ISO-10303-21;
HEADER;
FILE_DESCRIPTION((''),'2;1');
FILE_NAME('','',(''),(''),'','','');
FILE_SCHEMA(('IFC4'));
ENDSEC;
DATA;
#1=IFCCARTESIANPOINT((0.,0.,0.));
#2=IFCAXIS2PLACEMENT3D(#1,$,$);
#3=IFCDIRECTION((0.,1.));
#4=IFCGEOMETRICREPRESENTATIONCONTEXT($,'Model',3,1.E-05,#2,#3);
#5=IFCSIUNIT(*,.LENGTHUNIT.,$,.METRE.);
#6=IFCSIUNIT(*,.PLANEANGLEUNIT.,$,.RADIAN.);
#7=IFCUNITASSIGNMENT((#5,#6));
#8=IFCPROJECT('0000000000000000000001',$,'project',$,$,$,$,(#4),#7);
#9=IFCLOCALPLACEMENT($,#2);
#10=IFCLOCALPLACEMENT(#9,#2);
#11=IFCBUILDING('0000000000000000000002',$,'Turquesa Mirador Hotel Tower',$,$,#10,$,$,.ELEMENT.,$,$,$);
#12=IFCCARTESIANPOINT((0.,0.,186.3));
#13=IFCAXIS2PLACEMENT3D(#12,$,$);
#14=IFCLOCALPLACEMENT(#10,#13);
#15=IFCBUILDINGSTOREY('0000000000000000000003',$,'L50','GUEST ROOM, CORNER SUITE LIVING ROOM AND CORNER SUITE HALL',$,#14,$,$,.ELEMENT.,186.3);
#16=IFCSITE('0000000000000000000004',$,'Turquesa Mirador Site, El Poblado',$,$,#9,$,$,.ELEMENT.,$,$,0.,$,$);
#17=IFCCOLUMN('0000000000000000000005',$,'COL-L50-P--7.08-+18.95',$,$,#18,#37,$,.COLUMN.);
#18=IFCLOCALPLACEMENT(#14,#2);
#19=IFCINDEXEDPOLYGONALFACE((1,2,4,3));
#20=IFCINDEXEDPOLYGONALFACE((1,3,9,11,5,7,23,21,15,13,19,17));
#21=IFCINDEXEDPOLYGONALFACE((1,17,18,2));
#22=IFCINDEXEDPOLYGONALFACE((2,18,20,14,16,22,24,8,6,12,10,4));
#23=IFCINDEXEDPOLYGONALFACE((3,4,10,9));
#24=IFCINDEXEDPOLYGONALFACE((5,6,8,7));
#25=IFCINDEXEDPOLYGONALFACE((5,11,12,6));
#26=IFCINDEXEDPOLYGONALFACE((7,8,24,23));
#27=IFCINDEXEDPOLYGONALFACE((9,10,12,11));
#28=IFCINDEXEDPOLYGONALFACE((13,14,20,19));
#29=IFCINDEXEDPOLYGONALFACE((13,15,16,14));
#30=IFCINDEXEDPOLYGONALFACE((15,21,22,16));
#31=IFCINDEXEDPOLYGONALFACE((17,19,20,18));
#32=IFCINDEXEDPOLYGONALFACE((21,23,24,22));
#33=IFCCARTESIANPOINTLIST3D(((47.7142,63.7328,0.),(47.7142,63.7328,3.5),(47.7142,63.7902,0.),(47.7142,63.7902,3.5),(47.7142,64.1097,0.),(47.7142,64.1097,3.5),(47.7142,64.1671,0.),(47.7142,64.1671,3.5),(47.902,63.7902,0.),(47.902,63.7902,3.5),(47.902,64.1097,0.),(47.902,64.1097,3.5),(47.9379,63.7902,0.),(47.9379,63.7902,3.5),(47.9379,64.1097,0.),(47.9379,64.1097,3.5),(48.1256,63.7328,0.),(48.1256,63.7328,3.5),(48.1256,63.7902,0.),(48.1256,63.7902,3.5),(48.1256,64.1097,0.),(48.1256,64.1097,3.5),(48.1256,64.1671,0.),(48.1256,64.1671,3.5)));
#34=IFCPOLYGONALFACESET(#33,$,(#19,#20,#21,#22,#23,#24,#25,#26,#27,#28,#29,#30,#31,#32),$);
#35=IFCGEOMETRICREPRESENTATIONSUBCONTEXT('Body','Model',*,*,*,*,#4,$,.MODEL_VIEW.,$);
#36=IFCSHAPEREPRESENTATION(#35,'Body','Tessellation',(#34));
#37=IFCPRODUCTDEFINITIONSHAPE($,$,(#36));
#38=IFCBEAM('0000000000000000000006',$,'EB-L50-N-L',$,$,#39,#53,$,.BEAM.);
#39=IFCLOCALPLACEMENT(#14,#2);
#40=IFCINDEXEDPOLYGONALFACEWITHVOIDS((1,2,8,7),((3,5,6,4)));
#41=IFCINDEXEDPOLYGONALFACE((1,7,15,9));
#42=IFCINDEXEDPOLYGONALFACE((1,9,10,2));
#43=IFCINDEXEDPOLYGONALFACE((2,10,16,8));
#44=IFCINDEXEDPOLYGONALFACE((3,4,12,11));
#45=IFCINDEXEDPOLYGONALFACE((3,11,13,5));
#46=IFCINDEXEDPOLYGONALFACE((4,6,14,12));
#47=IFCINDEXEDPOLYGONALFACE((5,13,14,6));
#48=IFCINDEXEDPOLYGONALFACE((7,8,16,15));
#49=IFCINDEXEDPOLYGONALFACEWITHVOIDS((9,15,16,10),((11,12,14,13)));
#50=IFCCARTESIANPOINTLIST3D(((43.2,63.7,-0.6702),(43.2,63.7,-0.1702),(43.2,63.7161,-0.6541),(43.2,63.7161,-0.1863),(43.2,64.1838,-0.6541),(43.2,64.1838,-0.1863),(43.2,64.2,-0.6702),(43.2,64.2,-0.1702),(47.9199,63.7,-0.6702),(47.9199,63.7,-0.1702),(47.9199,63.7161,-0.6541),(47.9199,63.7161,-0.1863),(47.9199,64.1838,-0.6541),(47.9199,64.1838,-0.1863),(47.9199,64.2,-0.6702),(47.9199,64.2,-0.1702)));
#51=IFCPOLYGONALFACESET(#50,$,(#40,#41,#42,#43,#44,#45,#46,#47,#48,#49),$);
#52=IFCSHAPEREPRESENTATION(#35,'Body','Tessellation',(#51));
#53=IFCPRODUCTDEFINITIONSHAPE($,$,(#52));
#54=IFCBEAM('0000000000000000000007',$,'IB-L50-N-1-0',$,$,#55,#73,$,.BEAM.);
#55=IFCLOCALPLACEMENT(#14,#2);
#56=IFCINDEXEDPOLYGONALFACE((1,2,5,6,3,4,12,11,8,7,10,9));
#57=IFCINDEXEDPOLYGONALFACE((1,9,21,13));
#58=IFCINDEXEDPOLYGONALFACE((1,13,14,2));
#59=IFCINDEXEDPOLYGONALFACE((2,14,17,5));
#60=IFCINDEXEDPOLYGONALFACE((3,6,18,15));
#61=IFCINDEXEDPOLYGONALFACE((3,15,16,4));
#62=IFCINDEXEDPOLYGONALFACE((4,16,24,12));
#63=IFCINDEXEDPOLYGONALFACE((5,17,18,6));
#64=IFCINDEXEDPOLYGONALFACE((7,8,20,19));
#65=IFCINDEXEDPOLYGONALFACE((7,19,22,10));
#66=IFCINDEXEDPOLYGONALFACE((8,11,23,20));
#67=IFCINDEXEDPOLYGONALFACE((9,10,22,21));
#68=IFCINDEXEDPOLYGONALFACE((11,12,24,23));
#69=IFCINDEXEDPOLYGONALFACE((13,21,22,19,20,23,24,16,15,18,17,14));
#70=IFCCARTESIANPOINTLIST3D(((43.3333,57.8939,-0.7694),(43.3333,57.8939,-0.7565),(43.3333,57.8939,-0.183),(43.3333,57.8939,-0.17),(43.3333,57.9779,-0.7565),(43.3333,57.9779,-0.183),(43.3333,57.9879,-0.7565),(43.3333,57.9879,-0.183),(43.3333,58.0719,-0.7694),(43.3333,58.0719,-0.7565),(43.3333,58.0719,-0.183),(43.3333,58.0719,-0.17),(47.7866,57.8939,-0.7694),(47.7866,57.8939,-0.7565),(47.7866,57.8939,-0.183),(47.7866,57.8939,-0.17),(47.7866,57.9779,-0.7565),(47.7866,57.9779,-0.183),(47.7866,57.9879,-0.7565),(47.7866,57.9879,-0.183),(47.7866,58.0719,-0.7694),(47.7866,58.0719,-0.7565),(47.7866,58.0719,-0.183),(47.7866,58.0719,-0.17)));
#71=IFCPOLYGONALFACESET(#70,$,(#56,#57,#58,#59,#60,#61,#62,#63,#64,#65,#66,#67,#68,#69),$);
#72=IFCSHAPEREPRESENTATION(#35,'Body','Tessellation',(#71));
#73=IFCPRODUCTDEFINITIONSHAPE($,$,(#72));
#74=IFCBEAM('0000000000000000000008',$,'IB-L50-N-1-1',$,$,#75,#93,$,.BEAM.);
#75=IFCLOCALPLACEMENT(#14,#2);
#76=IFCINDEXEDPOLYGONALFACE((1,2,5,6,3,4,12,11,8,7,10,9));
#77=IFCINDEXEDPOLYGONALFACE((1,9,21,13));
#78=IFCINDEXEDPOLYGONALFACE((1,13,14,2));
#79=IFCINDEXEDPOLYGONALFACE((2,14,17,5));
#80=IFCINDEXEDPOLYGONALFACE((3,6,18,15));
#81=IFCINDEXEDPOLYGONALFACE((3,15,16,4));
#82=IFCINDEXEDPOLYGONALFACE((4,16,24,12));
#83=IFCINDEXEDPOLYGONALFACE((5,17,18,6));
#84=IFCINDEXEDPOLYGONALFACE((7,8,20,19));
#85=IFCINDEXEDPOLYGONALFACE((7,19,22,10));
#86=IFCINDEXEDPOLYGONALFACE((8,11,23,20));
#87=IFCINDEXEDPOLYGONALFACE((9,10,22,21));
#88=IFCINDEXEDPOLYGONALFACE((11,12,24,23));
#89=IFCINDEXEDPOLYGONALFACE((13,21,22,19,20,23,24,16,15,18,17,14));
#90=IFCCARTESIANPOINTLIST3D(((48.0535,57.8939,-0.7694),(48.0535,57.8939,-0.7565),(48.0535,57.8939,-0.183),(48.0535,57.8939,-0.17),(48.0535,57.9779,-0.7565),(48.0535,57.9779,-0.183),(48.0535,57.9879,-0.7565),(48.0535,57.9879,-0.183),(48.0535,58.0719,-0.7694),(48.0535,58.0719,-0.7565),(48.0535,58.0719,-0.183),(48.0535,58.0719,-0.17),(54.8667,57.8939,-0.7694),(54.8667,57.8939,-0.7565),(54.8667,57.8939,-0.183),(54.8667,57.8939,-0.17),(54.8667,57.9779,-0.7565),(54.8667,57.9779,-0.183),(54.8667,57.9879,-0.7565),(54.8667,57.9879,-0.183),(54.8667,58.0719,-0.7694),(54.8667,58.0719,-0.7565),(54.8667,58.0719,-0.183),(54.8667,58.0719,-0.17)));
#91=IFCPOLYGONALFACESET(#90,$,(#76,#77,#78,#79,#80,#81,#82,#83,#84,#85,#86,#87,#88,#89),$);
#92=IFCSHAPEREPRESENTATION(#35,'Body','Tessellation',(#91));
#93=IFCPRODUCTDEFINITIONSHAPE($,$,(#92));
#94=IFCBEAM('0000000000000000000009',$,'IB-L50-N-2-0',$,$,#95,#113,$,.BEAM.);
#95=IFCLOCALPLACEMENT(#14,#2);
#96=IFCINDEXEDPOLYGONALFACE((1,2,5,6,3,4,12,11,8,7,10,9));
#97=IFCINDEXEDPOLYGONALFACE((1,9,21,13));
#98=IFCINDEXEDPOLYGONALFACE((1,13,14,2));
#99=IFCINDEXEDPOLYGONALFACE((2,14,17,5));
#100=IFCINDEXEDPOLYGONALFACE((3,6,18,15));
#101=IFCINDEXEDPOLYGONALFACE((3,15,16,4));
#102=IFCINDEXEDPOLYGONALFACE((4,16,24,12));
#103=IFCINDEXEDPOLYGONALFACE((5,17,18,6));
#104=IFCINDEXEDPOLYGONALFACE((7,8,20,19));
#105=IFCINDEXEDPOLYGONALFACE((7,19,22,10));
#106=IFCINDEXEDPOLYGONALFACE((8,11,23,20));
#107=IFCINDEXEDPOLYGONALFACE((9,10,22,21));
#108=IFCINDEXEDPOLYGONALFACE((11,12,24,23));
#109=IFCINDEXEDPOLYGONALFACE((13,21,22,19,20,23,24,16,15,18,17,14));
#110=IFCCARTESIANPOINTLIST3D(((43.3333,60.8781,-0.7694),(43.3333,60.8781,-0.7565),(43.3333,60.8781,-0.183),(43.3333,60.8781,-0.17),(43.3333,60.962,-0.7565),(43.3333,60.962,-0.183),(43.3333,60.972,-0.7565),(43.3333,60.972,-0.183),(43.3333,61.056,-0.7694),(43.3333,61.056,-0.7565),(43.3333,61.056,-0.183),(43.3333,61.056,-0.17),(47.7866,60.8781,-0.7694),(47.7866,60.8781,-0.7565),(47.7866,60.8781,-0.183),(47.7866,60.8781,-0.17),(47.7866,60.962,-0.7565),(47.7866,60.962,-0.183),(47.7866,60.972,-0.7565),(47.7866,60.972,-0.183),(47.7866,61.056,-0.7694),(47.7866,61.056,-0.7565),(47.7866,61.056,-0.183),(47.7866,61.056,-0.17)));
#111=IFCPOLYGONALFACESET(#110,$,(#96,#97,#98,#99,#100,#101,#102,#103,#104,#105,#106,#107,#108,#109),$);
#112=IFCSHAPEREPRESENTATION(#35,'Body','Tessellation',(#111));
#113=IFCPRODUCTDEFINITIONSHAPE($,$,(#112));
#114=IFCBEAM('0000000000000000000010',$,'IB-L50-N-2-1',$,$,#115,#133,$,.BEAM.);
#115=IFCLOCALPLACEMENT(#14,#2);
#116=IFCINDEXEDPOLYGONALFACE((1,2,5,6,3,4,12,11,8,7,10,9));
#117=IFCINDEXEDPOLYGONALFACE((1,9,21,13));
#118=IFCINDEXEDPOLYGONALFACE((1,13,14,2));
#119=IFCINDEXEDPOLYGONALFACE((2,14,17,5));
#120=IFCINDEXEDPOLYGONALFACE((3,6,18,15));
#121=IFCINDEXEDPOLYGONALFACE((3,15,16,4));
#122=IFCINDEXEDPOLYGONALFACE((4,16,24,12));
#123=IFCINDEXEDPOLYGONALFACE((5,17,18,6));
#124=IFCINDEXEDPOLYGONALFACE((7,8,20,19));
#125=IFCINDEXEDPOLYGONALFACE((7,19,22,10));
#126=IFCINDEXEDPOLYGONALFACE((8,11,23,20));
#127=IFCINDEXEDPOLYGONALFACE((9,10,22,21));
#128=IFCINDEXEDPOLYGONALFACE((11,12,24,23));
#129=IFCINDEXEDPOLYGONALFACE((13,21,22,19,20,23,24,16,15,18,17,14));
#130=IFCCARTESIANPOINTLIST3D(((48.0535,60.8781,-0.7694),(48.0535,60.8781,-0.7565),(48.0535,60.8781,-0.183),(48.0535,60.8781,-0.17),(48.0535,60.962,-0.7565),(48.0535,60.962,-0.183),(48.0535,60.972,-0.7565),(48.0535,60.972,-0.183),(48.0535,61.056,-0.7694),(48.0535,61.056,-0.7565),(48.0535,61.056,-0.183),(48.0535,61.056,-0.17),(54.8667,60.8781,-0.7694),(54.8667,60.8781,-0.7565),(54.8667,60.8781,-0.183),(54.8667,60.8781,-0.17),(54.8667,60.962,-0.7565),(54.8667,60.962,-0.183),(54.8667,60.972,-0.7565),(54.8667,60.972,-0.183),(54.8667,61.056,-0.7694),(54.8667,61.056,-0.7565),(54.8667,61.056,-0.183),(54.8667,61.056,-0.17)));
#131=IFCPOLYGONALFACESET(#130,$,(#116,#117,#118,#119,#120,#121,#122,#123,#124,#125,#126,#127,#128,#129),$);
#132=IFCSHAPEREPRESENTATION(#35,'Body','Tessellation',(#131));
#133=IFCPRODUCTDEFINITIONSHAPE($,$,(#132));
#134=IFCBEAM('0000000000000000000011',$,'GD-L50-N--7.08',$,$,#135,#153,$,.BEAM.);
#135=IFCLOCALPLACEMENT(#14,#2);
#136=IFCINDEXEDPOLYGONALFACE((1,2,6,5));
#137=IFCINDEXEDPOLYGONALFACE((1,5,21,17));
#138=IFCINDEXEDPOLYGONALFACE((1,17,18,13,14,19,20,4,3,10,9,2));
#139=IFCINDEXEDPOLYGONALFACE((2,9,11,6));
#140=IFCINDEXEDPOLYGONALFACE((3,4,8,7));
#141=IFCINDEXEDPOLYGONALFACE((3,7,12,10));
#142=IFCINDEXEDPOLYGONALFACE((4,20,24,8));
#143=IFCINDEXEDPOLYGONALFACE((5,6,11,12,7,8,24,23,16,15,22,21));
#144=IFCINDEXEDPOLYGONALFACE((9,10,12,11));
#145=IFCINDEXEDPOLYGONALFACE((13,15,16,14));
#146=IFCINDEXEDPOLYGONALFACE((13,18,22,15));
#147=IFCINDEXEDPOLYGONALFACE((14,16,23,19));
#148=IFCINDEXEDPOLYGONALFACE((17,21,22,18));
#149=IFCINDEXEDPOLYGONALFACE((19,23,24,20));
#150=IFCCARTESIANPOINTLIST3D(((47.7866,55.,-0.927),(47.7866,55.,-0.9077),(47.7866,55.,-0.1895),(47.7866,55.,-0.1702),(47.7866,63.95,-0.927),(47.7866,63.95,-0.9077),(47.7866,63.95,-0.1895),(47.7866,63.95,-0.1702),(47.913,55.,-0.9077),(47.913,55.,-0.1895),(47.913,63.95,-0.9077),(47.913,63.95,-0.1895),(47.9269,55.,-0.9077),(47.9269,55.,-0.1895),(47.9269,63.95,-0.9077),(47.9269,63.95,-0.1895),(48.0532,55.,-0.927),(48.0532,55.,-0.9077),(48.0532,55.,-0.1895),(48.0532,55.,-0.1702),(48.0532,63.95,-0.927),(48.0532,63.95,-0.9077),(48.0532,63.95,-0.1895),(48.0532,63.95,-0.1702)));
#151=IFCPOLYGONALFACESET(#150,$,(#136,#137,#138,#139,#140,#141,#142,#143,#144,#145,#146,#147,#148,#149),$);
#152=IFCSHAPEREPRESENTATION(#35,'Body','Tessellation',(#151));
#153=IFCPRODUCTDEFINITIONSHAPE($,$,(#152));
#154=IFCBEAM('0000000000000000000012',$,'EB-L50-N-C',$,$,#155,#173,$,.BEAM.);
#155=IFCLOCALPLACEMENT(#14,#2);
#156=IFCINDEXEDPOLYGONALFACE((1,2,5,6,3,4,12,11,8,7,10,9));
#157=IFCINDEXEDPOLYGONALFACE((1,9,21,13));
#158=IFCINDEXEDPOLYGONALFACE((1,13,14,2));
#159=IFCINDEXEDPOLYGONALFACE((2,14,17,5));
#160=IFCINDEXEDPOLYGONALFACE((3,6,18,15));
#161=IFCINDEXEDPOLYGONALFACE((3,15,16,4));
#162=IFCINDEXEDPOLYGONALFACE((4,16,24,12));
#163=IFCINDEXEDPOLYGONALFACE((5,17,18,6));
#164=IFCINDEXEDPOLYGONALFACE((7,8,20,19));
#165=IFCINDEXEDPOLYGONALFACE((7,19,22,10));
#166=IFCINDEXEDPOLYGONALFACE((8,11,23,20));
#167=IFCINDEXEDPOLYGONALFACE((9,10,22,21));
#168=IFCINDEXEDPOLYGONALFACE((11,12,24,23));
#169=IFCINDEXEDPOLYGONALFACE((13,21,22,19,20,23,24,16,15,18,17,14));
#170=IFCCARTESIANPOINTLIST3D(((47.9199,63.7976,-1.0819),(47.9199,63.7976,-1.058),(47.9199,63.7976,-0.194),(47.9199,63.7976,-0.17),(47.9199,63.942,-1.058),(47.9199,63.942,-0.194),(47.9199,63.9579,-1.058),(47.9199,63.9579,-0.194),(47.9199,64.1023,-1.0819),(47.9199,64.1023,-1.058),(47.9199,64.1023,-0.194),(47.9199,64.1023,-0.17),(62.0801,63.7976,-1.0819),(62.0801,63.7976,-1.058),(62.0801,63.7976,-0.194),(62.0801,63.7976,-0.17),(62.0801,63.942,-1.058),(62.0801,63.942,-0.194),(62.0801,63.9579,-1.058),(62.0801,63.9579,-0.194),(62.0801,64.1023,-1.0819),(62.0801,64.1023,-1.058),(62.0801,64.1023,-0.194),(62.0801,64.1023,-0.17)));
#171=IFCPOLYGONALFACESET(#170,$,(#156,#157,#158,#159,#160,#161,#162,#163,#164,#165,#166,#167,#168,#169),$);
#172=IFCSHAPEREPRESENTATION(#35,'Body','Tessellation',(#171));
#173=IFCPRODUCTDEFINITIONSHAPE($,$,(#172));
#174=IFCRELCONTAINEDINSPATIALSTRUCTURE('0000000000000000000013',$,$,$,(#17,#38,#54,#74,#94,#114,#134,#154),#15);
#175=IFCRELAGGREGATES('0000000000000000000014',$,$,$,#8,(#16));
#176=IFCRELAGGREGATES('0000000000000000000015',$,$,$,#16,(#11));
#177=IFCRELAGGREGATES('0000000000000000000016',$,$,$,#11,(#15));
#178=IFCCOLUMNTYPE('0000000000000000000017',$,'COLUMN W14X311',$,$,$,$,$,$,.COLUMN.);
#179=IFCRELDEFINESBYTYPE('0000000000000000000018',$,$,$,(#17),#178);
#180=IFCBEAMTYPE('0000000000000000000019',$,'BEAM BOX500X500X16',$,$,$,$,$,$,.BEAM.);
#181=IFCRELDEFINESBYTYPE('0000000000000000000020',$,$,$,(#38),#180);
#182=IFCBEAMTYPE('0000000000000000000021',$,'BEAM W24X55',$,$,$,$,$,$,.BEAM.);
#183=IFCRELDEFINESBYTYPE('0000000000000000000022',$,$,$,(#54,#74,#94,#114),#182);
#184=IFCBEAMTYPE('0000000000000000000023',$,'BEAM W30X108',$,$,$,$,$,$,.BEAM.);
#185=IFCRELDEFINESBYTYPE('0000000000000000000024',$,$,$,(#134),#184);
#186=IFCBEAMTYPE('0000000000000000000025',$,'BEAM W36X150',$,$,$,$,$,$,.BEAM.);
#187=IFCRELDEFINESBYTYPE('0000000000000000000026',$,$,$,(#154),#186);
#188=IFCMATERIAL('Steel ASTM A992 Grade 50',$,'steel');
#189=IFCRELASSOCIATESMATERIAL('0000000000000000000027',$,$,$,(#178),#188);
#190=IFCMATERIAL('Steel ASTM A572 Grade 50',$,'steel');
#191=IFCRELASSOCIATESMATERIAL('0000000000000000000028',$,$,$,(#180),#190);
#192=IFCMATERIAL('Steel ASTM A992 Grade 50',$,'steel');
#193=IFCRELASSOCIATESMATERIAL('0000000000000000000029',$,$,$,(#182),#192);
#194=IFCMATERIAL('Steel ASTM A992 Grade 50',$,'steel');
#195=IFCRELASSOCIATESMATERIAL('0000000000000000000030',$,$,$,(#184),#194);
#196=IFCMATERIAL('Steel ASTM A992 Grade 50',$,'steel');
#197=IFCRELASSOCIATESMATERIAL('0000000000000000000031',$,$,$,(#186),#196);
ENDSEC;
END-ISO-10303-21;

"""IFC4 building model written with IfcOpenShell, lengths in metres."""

from ifc_helpers import new_model, si_unit, direction, frame, origin, origin_2d, place, context, subcontext, project, spatial, hollow_rectangle, i_section, extrude, material, material_profile, profile_set, type_object, element, save


model = new_model("IFC4")

# Units and contexts
model_context = context("Model", 3, precision=1e-05, world=origin(), true_north=direction((0.0, 1.0)))
body_context = subcontext(model_context, "Body", "Model", "MODEL_VIEW")
ifc_project = project(units=[si_unit("LENGTHUNIT", "METRE"), si_unit("PLANEANGLEUNIT", "RADIAN")], contexts=[model_context])

# Site, building, storey
site_placement = place(None, origin())
site = spatial("IfcSite", under=ifc_project, at=site_placement, Name="Turquesa Mirador Site, El Poblado", CompositionType="ELEMENT", RefElevation=0.0)
building_placement = place(site_placement, origin())
building = spatial("IfcBuilding", under=site, at=building_placement, Name="Turquesa Mirador Hotel Tower", CompositionType="ELEMENT")
storey_placement = place(building_placement, frame((0.0, 0.0, 186.3)))
storey = spatial("IfcBuildingStorey", under=building, at=storey_placement, Name="L50", Description="GUEST ROOM, CORNER SUITE LIVING ROOM AND CORNER SUITE HALL", CompositionType="ELEMENT", Elevation=186.3)

# Column
ifc_material_1 = material(Name="Steel ASTM A992 Grade 50", Category="steel")
ifc_material_profile_1 = material_profile(ifc_material_1, i_section(OverallWidth=0.4114, OverallDepth=0.4343, WebThickness=0.0359, FlangeThickness=0.0574, at=origin_2d()), Name="W14X311")
ifc_profile_set_1 = profile_set([ifc_material_profile_1], Name="Steel ASTM A992 Grade 50")
column_type = type_object("IfcColumnType", Name="COLUMN W14X311", PredefinedType="COLUMN", material=ifc_profile_set_1)
column_placement = place(storey_placement, frame((47.9199, 63.95, 0.0), z_axis=(0.0, 0.0, 1.0), x_axis=(1.0, 0.0, 0.0)))
element("IfcColumn", 1, at=column_placement, inside=storey, type_object=column_type, Name="COL-L50-P--7.08-+18.95", PredefinedType="COLUMN", context=body_context, shape_type="SweptSolid", body=[
    extrude(i_section(OverallWidth=0.4114, OverallDepth=0.4343, WebThickness=0.0359, FlangeThickness=0.0574, at=origin_2d()), origin(), (0.0, 0.0, 1.0), 3.5),
])

# Beams
ifc_material_2 = material(Name="Steel ASTM A572 Grade 50", Category="steel")
ifc_material_profile_2 = material_profile(ifc_material_2, hollow_rectangle(XDim=0.5, YDim=0.5, WallThickness=0.0161, at=origin_2d()), Name="BOX500X500X16")
ifc_profile_set_2 = profile_set([ifc_material_profile_2], Name="Steel ASTM A572 Grade 50")
beam_type_1 = type_object("IfcBeamType", Name="BEAM BOX500X500X16", PredefinedType="BEAM", material=ifc_profile_set_2)
beam_1_placement = place(storey_placement, frame((43.2, 63.95, -0.4202), z_axis=(1.0, 0.0, 0.0), x_axis=(0.0, 1.0, 0.0)))
element("IfcBeam", 2, at=beam_1_placement, inside=storey, type_object=beam_type_1, Name="EB-L50-N-L", PredefinedType="BEAM", context=body_context, shape_type="SweptSolid", body=[
    extrude(hollow_rectangle(XDim=0.5, YDim=0.5, WallThickness=0.0161, at=origin_2d()), origin(), (0.0, 0.0, 1.0), 4.72),
])
ifc_material_3 = material(Name="Steel ASTM A992 Grade 50", Category="steel")
ifc_material_profile_3 = material_profile(ifc_material_3, i_section(OverallWidth=0.178, OverallDepth=0.5994, WebThickness=0.01, FlangeThickness=0.0129, at=origin_2d()), Name="W24X55")
ifc_profile_set_3 = profile_set([ifc_material_profile_3], Name="Steel ASTM A992 Grade 50")
beam_type_2 = type_object("IfcBeamType", Name="BEAM W24X55", PredefinedType="BEAM", material=ifc_profile_set_3)
beam_2_placement = place(storey_placement, frame((43.3333, 57.9829, -0.4697), z_axis=(1.0, 0.0, 0.0), x_axis=(0.0, 1.0, 0.0)))
element("IfcBeam", 3, at=beam_2_placement, inside=storey, type_object=beam_type_2, Name="IB-L50-N-1-0", PredefinedType="BEAM", context=body_context, shape_type="SweptSolid", body=[
    extrude(i_section(OverallWidth=0.178, OverallDepth=0.5994, WebThickness=0.01, FlangeThickness=0.0129, at=origin_2d()), origin(), (0.0, 0.0, 1.0), 4.4534),
])
beam_3_placement = place(storey_placement, frame((48.0535, 57.9829, -0.4697), z_axis=(1.0, 0.0, 0.0), x_axis=(0.0, 1.0, 0.0)))
element("IfcBeam", 4, at=beam_3_placement, inside=storey, type_object=beam_type_2, Name="IB-L50-N-1-1", PredefinedType="BEAM", context=body_context, shape_type="SweptSolid", body=[
    extrude(i_section(OverallWidth=0.178, OverallDepth=0.5994, WebThickness=0.01, FlangeThickness=0.0129, at=origin_2d()), origin(), (0.0, 0.0, 1.0), 6.8132),
])
beam_4_placement = place(storey_placement, frame((43.3333, 60.967, -0.4697), z_axis=(1.0, 0.0, 0.0), x_axis=(0.0, 1.0, 0.0)))
element("IfcBeam", 5, at=beam_4_placement, inside=storey, type_object=beam_type_2, Name="IB-L50-N-2-0", PredefinedType="BEAM", context=body_context, shape_type="SweptSolid", body=[
    extrude(i_section(OverallWidth=0.178, OverallDepth=0.5994, WebThickness=0.01, FlangeThickness=0.0129, at=origin_2d()), origin(), (0.0, 0.0, 1.0), 4.4534),
])
beam_5_placement = place(storey_placement, frame((48.0535, 60.967, -0.4697), z_axis=(1.0, 0.0, 0.0), x_axis=(0.0, 1.0, 0.0)))
element("IfcBeam", 6, at=beam_5_placement, inside=storey, type_object=beam_type_2, Name="IB-L50-N-2-1", PredefinedType="BEAM", context=body_context, shape_type="SweptSolid", body=[
    extrude(i_section(OverallWidth=0.178, OverallDepth=0.5994, WebThickness=0.01, FlangeThickness=0.0129, at=origin_2d()), origin(), (0.0, 0.0, 1.0), 6.8132),
])
ifc_material_4 = material(Name="Steel ASTM A992 Grade 50", Category="steel")
ifc_material_profile_4 = material_profile(ifc_material_4, i_section(OverallWidth=0.2666, OverallDepth=0.7568, WebThickness=0.0139, FlangeThickness=0.0193, at=origin_2d()), Name="W30X108")
ifc_profile_set_4 = profile_set([ifc_material_profile_4], Name="Steel ASTM A992 Grade 50")
beam_type_3 = type_object("IfcBeamType", Name="BEAM W30X108", PredefinedType="BEAM", material=ifc_profile_set_4)
beam_6_placement = place(storey_placement, frame((47.9199, 63.95, -0.5486), z_axis=(0.0, -1.0, 0.0), x_axis=(1.0, 0.0, 0.0)))
element("IfcBeam", 7, at=beam_6_placement, inside=storey, type_object=beam_type_3, Name="GD-L50-N--7.08", PredefinedType="BEAM", context=body_context, shape_type="SweptSolid", body=[
    extrude(i_section(OverallWidth=0.2666, OverallDepth=0.7568, WebThickness=0.0139, FlangeThickness=0.0193, at=origin_2d()), origin(), (0.0, 0.0, 1.0), 8.95),
])
ifc_material_5 = material(Name="Steel ASTM A992 Grade 50", Category="steel")
ifc_material_profile_5 = material_profile(ifc_material_5, i_section(OverallWidth=0.3047, OverallDepth=0.9119, WebThickness=0.0159, FlangeThickness=0.0239, at=origin_2d()), Name="W36X150")
ifc_profile_set_5 = profile_set([ifc_material_profile_5], Name="Steel ASTM A992 Grade 50")
beam_type_4 = type_object("IfcBeamType", Name="BEAM W36X150", PredefinedType="BEAM", material=ifc_profile_set_5)
beam_7_placement = place(storey_placement, frame((47.9199, 63.95, -0.626), z_axis=(1.0, 0.0, 0.0), x_axis=(0.0, 1.0, 0.0)))
element("IfcBeam", 8, at=beam_7_placement, inside=storey, type_object=beam_type_4, Name="EB-L50-N-C", PredefinedType="BEAM", context=body_context, shape_type="SweptSolid", body=[
    extrude(i_section(OverallWidth=0.3047, OverallDepth=0.9119, WebThickness=0.0159, FlangeThickness=0.0239, at=origin_2d()), origin(), (0.0, 0.0, 1.0), 14.1602),
])

save(model, "model.ifc")
